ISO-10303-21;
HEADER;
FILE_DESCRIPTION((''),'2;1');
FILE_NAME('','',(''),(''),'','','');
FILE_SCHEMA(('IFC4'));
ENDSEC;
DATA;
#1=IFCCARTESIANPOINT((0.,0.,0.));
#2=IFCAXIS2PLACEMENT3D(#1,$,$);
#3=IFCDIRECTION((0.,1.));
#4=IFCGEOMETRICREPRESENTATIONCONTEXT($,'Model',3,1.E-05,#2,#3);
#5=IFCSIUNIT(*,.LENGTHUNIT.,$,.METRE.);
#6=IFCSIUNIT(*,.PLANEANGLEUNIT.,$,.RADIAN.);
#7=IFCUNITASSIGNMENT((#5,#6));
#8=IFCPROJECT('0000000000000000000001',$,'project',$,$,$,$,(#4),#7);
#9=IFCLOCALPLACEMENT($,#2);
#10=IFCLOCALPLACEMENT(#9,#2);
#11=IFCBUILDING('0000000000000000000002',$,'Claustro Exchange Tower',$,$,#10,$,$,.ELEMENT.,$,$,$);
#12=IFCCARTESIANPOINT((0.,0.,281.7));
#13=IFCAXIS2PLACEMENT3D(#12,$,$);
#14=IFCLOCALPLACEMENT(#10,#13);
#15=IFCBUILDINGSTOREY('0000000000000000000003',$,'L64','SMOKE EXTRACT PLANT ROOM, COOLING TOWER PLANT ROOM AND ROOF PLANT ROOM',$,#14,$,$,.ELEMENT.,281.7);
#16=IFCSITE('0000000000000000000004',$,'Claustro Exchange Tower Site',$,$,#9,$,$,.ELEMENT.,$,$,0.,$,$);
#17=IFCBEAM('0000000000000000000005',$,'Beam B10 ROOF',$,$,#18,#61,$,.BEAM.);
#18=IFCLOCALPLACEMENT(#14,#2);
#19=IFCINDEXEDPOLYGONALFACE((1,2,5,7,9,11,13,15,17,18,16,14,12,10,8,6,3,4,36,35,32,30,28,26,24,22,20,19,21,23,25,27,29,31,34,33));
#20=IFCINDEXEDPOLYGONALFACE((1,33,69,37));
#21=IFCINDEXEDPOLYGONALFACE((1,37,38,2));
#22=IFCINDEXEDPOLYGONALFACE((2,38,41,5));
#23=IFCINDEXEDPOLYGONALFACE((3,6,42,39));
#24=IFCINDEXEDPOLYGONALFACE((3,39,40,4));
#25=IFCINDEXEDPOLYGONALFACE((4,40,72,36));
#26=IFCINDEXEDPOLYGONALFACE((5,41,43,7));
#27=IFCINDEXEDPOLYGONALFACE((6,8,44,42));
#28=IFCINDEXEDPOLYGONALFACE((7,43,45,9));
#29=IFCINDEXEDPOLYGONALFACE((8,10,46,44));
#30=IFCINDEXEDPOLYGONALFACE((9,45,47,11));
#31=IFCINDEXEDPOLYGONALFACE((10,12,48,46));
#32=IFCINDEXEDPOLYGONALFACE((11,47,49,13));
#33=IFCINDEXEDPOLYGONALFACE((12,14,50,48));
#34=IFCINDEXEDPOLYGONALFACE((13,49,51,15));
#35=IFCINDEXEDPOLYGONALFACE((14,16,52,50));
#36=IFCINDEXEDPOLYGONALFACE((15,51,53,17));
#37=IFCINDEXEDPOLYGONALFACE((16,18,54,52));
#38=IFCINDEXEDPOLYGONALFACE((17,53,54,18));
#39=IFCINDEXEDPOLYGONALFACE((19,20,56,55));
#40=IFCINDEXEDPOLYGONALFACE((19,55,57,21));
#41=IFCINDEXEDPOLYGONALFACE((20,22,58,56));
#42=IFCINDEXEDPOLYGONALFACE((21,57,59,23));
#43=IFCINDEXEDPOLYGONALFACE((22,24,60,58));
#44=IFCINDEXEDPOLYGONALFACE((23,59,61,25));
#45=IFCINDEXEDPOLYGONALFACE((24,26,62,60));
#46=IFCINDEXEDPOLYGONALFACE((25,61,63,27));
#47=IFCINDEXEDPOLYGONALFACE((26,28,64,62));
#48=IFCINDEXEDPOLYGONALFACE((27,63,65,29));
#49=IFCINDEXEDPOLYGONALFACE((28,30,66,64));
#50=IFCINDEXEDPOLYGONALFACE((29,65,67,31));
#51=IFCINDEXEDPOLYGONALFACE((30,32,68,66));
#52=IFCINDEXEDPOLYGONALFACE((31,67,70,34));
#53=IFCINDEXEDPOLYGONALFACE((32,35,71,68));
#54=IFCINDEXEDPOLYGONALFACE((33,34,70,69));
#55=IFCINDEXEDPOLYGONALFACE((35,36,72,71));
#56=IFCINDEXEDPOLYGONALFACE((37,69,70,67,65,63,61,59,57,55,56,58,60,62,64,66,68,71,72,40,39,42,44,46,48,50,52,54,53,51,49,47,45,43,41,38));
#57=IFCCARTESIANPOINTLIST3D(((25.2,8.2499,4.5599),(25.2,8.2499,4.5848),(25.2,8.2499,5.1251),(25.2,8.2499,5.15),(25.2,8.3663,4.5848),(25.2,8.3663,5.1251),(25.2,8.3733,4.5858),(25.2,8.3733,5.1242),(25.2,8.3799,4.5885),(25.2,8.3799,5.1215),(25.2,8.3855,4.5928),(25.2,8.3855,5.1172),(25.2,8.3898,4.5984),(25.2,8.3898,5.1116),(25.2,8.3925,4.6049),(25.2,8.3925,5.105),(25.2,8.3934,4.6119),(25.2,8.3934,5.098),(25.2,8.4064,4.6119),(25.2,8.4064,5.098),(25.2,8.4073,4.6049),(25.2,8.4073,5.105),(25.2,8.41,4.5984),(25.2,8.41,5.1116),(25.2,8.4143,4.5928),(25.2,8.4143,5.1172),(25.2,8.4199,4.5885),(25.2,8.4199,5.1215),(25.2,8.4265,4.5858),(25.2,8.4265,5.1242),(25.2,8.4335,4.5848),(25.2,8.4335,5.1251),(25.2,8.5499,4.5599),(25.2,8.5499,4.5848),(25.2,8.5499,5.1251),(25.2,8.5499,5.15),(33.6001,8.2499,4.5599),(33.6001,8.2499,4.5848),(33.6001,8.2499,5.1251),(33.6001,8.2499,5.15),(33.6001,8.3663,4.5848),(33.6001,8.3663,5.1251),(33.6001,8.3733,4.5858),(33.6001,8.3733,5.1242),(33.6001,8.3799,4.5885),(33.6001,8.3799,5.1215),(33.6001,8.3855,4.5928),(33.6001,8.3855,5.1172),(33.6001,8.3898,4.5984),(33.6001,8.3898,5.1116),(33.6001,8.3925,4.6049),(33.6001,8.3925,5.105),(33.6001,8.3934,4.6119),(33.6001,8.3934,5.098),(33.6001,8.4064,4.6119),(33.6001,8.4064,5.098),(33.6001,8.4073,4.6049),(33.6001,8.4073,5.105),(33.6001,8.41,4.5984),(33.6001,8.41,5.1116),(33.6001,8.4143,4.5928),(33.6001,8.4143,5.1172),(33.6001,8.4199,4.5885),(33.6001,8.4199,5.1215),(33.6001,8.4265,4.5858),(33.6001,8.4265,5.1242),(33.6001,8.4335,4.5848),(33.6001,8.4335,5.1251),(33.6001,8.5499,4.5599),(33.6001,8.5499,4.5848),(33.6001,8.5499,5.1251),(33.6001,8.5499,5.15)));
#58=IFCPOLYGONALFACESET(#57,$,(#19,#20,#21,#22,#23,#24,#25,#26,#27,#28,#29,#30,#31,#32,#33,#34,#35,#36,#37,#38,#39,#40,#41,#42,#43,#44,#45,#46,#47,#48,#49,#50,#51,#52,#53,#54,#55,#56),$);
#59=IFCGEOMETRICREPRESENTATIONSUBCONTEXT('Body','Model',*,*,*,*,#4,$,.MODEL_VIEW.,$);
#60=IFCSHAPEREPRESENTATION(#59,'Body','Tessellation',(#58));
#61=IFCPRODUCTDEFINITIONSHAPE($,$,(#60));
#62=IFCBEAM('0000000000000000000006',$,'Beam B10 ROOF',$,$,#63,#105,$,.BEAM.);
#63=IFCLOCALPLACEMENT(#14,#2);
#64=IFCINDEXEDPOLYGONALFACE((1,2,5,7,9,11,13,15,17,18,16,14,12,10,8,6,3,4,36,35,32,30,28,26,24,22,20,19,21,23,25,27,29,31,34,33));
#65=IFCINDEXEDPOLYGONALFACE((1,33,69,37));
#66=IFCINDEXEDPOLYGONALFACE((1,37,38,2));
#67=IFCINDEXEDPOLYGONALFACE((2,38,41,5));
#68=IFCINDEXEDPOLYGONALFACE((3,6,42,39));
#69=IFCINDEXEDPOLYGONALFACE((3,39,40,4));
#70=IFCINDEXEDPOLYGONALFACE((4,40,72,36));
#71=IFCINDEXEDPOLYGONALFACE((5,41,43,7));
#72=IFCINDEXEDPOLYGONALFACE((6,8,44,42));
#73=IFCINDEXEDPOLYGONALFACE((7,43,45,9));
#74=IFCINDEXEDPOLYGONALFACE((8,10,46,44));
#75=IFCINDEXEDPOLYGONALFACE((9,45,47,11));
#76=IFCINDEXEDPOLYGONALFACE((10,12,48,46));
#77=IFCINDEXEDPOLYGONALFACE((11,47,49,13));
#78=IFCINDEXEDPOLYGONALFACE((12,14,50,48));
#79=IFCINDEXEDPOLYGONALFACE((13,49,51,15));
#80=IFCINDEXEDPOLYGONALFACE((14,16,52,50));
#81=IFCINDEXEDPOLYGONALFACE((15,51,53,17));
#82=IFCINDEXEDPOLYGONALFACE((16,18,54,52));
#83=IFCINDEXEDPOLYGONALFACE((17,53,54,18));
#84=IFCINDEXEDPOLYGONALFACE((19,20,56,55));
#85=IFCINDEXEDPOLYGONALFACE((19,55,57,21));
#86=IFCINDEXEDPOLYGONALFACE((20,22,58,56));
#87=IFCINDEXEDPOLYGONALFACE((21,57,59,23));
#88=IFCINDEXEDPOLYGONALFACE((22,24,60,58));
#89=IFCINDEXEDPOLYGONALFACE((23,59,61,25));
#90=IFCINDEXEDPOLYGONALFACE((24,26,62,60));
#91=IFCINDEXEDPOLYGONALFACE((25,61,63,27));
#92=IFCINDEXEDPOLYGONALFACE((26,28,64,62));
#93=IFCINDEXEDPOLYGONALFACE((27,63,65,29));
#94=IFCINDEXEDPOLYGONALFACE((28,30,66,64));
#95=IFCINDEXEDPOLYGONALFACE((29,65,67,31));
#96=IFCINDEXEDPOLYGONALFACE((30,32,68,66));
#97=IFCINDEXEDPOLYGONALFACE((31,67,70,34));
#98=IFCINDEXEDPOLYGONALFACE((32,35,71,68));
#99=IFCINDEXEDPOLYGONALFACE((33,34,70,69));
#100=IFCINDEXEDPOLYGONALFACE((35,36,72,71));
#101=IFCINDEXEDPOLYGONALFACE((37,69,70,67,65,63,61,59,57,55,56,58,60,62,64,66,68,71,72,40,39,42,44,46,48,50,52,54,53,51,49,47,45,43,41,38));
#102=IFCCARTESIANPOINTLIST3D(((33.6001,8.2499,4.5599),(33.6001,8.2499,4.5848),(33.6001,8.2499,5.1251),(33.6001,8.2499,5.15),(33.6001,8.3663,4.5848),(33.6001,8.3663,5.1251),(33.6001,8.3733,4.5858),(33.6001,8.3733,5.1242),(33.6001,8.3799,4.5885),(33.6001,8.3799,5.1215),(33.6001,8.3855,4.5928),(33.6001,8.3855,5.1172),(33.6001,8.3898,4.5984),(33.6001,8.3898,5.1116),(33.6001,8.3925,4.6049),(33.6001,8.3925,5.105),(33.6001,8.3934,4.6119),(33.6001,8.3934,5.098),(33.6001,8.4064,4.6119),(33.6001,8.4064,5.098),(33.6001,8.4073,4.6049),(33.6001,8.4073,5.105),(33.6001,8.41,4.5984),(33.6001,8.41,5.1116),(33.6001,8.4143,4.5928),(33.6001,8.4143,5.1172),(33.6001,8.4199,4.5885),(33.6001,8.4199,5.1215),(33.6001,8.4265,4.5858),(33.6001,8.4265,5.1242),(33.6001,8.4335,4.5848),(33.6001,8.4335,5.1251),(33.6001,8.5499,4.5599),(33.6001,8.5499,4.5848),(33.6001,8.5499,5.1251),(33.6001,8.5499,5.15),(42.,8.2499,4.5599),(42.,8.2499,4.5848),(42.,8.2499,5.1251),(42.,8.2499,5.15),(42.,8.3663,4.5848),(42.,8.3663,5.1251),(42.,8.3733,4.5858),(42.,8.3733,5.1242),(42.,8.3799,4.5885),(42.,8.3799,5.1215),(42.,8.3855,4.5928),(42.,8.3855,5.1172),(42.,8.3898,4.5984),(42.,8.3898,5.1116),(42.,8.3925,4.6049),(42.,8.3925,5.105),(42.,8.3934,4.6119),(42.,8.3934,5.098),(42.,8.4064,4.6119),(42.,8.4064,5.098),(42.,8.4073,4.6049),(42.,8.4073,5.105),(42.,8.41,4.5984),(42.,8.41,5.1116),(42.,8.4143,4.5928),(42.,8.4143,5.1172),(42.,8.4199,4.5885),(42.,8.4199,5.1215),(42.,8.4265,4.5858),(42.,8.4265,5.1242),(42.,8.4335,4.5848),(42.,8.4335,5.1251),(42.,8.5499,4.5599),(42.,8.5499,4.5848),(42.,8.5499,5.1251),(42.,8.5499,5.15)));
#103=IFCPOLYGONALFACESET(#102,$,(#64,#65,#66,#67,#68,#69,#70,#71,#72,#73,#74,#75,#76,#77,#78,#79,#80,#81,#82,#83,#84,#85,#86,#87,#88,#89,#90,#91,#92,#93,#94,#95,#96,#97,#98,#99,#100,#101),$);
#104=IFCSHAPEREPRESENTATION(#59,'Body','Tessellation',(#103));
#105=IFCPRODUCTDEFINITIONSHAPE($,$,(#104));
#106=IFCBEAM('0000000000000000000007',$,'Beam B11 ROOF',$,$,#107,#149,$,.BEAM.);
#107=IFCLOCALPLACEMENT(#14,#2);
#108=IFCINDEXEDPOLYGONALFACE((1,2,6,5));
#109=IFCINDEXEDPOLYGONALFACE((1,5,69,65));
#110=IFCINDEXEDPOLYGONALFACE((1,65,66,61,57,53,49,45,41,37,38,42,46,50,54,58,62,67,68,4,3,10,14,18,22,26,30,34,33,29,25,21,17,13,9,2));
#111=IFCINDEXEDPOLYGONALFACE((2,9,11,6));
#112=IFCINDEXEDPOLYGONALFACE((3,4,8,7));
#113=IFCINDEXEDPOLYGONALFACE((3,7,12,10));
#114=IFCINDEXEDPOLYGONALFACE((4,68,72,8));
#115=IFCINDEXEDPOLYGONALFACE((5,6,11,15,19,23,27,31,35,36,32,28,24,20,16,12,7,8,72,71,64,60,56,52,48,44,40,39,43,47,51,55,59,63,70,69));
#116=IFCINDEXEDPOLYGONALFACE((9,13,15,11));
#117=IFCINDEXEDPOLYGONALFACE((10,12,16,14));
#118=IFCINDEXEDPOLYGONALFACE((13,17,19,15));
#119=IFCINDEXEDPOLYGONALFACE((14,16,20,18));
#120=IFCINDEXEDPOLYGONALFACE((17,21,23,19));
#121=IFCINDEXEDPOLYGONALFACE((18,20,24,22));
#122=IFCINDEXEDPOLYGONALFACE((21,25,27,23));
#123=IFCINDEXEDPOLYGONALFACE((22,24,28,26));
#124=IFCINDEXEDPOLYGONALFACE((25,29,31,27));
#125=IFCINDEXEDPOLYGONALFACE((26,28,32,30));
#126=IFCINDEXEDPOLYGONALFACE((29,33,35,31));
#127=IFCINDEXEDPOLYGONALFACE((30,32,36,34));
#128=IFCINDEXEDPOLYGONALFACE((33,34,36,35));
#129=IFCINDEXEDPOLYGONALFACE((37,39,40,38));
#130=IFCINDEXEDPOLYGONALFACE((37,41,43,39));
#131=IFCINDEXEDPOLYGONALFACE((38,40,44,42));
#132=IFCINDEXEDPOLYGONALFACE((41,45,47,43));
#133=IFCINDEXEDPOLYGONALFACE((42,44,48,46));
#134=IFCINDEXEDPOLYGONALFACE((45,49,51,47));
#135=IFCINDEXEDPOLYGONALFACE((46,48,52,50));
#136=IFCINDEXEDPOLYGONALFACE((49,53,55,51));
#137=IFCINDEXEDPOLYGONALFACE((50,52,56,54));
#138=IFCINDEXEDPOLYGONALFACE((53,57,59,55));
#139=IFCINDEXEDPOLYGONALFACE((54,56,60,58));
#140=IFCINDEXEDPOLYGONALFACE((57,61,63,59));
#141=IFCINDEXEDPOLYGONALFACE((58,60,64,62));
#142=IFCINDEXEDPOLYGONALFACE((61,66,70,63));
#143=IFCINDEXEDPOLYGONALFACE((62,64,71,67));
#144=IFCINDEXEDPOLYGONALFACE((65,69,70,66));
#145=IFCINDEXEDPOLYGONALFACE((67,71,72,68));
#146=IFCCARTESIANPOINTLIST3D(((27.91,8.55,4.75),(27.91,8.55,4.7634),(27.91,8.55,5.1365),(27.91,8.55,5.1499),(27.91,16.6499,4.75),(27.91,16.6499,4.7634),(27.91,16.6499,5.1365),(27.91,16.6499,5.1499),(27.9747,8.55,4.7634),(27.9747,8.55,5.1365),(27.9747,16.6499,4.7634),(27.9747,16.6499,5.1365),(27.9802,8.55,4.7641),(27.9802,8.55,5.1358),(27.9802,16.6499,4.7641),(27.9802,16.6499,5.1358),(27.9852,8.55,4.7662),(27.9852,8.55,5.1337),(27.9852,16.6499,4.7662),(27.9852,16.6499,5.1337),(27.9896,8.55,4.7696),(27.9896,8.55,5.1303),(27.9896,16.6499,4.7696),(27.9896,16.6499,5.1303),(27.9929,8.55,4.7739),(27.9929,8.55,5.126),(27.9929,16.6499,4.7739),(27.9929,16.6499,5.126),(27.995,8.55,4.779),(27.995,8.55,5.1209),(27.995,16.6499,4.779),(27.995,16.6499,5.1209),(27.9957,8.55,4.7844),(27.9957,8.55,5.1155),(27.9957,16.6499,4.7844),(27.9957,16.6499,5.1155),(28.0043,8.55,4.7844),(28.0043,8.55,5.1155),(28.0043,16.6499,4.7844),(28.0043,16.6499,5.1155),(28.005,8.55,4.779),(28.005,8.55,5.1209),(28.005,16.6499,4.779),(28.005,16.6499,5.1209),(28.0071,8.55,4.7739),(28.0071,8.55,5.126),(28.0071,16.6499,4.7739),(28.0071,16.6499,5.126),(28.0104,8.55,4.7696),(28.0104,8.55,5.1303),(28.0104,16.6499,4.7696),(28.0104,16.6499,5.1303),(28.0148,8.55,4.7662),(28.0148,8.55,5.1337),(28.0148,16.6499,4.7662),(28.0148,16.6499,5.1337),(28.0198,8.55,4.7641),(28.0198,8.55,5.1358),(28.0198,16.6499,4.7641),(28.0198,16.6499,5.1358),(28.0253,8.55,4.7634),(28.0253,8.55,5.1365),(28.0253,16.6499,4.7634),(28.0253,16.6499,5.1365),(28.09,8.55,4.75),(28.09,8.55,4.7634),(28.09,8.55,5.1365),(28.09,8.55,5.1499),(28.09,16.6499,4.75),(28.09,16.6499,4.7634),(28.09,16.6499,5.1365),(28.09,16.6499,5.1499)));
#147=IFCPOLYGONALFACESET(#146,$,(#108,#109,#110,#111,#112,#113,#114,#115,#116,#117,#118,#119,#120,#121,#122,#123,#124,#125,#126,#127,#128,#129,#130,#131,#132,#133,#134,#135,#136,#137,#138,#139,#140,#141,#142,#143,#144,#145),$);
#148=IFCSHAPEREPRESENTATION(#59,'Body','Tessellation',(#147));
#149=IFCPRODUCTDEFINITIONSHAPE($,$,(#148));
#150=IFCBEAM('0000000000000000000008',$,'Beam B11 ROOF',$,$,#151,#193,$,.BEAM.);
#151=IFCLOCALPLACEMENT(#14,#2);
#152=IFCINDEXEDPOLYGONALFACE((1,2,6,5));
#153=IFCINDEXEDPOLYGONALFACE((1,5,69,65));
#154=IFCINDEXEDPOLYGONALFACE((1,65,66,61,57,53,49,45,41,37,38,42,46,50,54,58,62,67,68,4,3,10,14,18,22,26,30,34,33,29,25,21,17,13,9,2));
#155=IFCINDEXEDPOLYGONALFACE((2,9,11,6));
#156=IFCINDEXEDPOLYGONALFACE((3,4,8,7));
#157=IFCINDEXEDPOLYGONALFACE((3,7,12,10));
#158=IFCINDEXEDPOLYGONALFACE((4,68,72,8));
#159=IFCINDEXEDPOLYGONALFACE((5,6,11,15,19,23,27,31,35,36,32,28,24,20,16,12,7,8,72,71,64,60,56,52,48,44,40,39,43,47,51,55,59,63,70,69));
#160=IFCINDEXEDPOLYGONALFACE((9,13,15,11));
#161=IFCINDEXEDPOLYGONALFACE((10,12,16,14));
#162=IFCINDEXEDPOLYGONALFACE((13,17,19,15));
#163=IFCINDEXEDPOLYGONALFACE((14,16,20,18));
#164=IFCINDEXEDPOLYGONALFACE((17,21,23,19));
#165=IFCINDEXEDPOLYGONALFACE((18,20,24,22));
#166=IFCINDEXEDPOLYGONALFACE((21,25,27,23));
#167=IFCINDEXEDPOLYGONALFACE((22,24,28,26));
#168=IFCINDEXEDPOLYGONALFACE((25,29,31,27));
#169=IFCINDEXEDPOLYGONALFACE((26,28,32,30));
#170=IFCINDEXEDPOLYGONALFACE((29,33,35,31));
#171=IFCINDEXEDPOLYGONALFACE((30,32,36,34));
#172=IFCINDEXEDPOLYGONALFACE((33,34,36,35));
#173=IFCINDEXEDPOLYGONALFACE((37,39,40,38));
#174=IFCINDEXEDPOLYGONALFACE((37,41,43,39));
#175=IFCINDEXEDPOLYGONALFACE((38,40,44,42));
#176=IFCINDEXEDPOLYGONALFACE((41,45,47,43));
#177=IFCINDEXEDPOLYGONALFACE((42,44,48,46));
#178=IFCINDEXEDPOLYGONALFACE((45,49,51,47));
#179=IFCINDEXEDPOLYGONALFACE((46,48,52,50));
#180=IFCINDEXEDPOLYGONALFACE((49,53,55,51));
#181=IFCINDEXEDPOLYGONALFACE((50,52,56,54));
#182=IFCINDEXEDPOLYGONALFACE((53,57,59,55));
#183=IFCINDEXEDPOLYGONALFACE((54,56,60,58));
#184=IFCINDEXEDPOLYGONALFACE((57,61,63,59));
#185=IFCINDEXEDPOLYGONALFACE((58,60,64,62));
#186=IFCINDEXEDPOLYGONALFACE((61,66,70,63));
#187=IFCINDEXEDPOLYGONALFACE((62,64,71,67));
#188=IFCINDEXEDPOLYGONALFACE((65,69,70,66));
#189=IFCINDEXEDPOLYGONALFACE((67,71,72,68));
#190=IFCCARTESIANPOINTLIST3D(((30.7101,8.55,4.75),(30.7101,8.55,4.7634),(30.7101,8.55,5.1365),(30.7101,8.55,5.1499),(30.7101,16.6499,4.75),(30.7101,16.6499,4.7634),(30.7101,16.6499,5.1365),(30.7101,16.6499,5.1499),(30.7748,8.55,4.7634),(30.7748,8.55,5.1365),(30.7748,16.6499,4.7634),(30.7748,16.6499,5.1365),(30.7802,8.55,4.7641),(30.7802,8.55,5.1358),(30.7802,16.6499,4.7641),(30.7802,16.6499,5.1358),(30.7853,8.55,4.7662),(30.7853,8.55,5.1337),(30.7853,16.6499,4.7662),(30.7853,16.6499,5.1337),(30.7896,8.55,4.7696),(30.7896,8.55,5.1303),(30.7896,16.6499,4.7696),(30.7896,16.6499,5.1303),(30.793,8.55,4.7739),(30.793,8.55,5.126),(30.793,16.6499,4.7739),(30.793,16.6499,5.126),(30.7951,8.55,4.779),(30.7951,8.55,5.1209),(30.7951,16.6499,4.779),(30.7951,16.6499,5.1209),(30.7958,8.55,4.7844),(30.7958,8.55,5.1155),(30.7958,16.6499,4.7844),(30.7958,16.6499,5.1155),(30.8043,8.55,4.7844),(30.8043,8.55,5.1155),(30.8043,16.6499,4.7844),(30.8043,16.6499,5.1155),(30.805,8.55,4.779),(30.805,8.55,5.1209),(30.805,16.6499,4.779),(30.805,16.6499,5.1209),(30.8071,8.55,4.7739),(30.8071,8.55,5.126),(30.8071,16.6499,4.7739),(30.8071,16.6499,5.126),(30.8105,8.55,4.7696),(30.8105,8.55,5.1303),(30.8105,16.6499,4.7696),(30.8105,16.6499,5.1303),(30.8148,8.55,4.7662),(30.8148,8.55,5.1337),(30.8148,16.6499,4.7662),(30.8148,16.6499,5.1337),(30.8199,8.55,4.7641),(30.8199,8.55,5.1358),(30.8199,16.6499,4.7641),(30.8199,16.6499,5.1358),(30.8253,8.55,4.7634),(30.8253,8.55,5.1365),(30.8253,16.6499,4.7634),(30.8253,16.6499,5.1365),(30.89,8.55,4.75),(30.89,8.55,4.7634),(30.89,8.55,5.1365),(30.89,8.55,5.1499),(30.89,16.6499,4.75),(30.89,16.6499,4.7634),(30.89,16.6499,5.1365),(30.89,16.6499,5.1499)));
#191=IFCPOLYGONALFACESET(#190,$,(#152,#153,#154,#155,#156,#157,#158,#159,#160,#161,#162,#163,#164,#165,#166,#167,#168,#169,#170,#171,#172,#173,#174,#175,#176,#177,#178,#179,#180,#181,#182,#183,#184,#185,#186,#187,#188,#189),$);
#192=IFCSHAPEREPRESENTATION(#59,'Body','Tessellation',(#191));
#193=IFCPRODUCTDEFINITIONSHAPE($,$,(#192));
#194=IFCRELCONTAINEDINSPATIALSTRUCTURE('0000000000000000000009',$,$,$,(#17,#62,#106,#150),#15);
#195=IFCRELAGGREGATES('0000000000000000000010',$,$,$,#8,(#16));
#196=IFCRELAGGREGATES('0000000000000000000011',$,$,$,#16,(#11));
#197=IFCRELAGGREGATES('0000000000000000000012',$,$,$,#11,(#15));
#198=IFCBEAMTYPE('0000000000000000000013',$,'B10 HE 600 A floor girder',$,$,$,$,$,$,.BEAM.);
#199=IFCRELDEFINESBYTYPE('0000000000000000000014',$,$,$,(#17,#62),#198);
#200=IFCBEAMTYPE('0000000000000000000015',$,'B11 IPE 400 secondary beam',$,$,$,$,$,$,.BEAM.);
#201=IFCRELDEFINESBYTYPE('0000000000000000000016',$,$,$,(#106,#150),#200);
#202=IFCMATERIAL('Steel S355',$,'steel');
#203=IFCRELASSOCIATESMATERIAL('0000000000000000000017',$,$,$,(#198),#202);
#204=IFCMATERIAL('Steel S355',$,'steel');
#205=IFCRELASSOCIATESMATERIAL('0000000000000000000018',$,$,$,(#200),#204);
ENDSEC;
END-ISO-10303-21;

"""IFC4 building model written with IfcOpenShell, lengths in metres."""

from ifc_helpers import new_model, si_unit, direction, frame, origin, origin_2d, place, context, subcontext, project, spatial, i_section, extrude, material, material_profile, profile_set, type_object, element, save


model = new_model("IFC4")

# Units and contexts
model_context = context("Model", 3, precision=1e-05, world=origin(), true_north=direction((0.0, 1.0)))
body_context = subcontext(model_context, "Body", "Model", "MODEL_VIEW")
ifc_project = project(units=[si_unit("LENGTHUNIT", "METRE"), si_unit("PLANEANGLEUNIT", "RADIAN")], contexts=[model_context])

# Site, building, storey
site_placement = place(None, origin())
site = spatial("IfcSite", under=ifc_project, at=site_placement, Name="Claustro Exchange Tower Site", CompositionType="ELEMENT", RefElevation=0.0)
building_placement = place(site_placement, origin())
building = spatial("IfcBuilding", under=site, at=building_placement, Name="Claustro Exchange Tower", CompositionType="ELEMENT")
storey_placement = place(building_placement, frame((0.0, 0.0, 281.7)))
storey = spatial("IfcBuildingStorey", under=building, at=storey_placement, Name="L64", Description="SMOKE EXTRACT PLANT ROOM, COOLING TOWER PLANT ROOM AND ROOF PLANT ROOM", CompositionType="ELEMENT", Elevation=281.7)

# Beams
ifc_material_1 = material(Name="Steel S355", Category="steel")
ifc_material_profile_1 = material_profile(ifc_material_1, i_section(OverallWidth=0.3, OverallDepth=0.5901, WebThickness=0.0129, FlangeThickness=0.0249, FilletRadius=0.0271, at=origin_2d()), Name="HE 600 A")
ifc_profile_set_1 = profile_set([ifc_material_profile_1], Name="Steel S355")
beam_type_1 = type_object("IfcBeamType", Name="B10 HE 600 A floor girder", PredefinedType="BEAM", material=ifc_profile_set_1)
beam_1_placement = place(storey_placement, frame((25.2, 8.3999, 4.855), z_axis=(1.0, 0.0, 0.0), x_axis=(0.0, 1.0, 0.0)))
element("IfcBeam", 1, at=beam_1_placement, inside=storey, type_object=beam_type_1, Name="Beam B10 ROOF", PredefinedType="BEAM", context=body_context, shape_type="SweptSolid", body=[
    extrude(i_section(OverallWidth=0.3, OverallDepth=0.5901, WebThickness=0.0129, FlangeThickness=0.0249, FilletRadius=0.0271, at=origin_2d()), origin(), (0.0, 0.0, 1.0), 8.4001),
])
beam_2_placement = place(storey_placement, frame((33.6001, 8.3999, 4.855), z_axis=(1.0, 0.0, 0.0), x_axis=(0.0, 1.0, 0.0)))
element("IfcBeam", 2, at=beam_2_placement, inside=storey, type_object=beam_type_1, Name="Beam B10 ROOF", PredefinedType="BEAM", context=body_context, shape_type="SweptSolid", body=[
    extrude(i_section(OverallWidth=0.3, OverallDepth=0.5901, WebThickness=0.0129, FlangeThickness=0.0249, FilletRadius=0.0271, at=origin_2d()), origin(), (0.0, 0.0, 1.0), 8.3999),
])
ifc_material_2 = material(Name="Steel S355", Category="steel")
ifc_material_profile_2 = material_profile(ifc_material_2, i_section(OverallWidth=0.1799, OverallDepth=0.3999, WebThickness=0.0085, FlangeThickness=0.0134, FilletRadius=0.021, at=origin_2d()), Name="IPE 400")
ifc_profile_set_2 = profile_set([ifc_material_profile_2], Name="Steel S355")
beam_type_2 = type_object("IfcBeamType", Name="B11 IPE 400 secondary beam", PredefinedType="BEAM", material=ifc_profile_set_2)
for number, where, z_axis, x_axis, name in (
    (3, (28.0, 8.55, 4.95), (0.0, 1.0, 0.0), (-1.0, 0.0, 0.0), "Beam B11 ROOF"),
    (4, (30.8, 8.55, 4.95), (0.0, 1.0, 0.0), (-1.0, 0.0, 0.0), "Beam B11 ROOF"),
):
    element("IfcBeam", number, at=place(storey_placement, frame(where, z_axis=z_axis, x_axis=x_axis)), inside=storey, type_object=beam_type_2, Name=name, PredefinedType="BEAM", context=body_context, shape_type="SweptSolid", body=[
        extrude(i_section(OverallWidth=0.1799, OverallDepth=0.3999, WebThickness=0.0085, FlangeThickness=0.0134, FilletRadius=0.021, at=origin_2d()), origin(), (0.0, 0.0, 1.0), 8.0999),
    ])

save(model, "model.ifc")
